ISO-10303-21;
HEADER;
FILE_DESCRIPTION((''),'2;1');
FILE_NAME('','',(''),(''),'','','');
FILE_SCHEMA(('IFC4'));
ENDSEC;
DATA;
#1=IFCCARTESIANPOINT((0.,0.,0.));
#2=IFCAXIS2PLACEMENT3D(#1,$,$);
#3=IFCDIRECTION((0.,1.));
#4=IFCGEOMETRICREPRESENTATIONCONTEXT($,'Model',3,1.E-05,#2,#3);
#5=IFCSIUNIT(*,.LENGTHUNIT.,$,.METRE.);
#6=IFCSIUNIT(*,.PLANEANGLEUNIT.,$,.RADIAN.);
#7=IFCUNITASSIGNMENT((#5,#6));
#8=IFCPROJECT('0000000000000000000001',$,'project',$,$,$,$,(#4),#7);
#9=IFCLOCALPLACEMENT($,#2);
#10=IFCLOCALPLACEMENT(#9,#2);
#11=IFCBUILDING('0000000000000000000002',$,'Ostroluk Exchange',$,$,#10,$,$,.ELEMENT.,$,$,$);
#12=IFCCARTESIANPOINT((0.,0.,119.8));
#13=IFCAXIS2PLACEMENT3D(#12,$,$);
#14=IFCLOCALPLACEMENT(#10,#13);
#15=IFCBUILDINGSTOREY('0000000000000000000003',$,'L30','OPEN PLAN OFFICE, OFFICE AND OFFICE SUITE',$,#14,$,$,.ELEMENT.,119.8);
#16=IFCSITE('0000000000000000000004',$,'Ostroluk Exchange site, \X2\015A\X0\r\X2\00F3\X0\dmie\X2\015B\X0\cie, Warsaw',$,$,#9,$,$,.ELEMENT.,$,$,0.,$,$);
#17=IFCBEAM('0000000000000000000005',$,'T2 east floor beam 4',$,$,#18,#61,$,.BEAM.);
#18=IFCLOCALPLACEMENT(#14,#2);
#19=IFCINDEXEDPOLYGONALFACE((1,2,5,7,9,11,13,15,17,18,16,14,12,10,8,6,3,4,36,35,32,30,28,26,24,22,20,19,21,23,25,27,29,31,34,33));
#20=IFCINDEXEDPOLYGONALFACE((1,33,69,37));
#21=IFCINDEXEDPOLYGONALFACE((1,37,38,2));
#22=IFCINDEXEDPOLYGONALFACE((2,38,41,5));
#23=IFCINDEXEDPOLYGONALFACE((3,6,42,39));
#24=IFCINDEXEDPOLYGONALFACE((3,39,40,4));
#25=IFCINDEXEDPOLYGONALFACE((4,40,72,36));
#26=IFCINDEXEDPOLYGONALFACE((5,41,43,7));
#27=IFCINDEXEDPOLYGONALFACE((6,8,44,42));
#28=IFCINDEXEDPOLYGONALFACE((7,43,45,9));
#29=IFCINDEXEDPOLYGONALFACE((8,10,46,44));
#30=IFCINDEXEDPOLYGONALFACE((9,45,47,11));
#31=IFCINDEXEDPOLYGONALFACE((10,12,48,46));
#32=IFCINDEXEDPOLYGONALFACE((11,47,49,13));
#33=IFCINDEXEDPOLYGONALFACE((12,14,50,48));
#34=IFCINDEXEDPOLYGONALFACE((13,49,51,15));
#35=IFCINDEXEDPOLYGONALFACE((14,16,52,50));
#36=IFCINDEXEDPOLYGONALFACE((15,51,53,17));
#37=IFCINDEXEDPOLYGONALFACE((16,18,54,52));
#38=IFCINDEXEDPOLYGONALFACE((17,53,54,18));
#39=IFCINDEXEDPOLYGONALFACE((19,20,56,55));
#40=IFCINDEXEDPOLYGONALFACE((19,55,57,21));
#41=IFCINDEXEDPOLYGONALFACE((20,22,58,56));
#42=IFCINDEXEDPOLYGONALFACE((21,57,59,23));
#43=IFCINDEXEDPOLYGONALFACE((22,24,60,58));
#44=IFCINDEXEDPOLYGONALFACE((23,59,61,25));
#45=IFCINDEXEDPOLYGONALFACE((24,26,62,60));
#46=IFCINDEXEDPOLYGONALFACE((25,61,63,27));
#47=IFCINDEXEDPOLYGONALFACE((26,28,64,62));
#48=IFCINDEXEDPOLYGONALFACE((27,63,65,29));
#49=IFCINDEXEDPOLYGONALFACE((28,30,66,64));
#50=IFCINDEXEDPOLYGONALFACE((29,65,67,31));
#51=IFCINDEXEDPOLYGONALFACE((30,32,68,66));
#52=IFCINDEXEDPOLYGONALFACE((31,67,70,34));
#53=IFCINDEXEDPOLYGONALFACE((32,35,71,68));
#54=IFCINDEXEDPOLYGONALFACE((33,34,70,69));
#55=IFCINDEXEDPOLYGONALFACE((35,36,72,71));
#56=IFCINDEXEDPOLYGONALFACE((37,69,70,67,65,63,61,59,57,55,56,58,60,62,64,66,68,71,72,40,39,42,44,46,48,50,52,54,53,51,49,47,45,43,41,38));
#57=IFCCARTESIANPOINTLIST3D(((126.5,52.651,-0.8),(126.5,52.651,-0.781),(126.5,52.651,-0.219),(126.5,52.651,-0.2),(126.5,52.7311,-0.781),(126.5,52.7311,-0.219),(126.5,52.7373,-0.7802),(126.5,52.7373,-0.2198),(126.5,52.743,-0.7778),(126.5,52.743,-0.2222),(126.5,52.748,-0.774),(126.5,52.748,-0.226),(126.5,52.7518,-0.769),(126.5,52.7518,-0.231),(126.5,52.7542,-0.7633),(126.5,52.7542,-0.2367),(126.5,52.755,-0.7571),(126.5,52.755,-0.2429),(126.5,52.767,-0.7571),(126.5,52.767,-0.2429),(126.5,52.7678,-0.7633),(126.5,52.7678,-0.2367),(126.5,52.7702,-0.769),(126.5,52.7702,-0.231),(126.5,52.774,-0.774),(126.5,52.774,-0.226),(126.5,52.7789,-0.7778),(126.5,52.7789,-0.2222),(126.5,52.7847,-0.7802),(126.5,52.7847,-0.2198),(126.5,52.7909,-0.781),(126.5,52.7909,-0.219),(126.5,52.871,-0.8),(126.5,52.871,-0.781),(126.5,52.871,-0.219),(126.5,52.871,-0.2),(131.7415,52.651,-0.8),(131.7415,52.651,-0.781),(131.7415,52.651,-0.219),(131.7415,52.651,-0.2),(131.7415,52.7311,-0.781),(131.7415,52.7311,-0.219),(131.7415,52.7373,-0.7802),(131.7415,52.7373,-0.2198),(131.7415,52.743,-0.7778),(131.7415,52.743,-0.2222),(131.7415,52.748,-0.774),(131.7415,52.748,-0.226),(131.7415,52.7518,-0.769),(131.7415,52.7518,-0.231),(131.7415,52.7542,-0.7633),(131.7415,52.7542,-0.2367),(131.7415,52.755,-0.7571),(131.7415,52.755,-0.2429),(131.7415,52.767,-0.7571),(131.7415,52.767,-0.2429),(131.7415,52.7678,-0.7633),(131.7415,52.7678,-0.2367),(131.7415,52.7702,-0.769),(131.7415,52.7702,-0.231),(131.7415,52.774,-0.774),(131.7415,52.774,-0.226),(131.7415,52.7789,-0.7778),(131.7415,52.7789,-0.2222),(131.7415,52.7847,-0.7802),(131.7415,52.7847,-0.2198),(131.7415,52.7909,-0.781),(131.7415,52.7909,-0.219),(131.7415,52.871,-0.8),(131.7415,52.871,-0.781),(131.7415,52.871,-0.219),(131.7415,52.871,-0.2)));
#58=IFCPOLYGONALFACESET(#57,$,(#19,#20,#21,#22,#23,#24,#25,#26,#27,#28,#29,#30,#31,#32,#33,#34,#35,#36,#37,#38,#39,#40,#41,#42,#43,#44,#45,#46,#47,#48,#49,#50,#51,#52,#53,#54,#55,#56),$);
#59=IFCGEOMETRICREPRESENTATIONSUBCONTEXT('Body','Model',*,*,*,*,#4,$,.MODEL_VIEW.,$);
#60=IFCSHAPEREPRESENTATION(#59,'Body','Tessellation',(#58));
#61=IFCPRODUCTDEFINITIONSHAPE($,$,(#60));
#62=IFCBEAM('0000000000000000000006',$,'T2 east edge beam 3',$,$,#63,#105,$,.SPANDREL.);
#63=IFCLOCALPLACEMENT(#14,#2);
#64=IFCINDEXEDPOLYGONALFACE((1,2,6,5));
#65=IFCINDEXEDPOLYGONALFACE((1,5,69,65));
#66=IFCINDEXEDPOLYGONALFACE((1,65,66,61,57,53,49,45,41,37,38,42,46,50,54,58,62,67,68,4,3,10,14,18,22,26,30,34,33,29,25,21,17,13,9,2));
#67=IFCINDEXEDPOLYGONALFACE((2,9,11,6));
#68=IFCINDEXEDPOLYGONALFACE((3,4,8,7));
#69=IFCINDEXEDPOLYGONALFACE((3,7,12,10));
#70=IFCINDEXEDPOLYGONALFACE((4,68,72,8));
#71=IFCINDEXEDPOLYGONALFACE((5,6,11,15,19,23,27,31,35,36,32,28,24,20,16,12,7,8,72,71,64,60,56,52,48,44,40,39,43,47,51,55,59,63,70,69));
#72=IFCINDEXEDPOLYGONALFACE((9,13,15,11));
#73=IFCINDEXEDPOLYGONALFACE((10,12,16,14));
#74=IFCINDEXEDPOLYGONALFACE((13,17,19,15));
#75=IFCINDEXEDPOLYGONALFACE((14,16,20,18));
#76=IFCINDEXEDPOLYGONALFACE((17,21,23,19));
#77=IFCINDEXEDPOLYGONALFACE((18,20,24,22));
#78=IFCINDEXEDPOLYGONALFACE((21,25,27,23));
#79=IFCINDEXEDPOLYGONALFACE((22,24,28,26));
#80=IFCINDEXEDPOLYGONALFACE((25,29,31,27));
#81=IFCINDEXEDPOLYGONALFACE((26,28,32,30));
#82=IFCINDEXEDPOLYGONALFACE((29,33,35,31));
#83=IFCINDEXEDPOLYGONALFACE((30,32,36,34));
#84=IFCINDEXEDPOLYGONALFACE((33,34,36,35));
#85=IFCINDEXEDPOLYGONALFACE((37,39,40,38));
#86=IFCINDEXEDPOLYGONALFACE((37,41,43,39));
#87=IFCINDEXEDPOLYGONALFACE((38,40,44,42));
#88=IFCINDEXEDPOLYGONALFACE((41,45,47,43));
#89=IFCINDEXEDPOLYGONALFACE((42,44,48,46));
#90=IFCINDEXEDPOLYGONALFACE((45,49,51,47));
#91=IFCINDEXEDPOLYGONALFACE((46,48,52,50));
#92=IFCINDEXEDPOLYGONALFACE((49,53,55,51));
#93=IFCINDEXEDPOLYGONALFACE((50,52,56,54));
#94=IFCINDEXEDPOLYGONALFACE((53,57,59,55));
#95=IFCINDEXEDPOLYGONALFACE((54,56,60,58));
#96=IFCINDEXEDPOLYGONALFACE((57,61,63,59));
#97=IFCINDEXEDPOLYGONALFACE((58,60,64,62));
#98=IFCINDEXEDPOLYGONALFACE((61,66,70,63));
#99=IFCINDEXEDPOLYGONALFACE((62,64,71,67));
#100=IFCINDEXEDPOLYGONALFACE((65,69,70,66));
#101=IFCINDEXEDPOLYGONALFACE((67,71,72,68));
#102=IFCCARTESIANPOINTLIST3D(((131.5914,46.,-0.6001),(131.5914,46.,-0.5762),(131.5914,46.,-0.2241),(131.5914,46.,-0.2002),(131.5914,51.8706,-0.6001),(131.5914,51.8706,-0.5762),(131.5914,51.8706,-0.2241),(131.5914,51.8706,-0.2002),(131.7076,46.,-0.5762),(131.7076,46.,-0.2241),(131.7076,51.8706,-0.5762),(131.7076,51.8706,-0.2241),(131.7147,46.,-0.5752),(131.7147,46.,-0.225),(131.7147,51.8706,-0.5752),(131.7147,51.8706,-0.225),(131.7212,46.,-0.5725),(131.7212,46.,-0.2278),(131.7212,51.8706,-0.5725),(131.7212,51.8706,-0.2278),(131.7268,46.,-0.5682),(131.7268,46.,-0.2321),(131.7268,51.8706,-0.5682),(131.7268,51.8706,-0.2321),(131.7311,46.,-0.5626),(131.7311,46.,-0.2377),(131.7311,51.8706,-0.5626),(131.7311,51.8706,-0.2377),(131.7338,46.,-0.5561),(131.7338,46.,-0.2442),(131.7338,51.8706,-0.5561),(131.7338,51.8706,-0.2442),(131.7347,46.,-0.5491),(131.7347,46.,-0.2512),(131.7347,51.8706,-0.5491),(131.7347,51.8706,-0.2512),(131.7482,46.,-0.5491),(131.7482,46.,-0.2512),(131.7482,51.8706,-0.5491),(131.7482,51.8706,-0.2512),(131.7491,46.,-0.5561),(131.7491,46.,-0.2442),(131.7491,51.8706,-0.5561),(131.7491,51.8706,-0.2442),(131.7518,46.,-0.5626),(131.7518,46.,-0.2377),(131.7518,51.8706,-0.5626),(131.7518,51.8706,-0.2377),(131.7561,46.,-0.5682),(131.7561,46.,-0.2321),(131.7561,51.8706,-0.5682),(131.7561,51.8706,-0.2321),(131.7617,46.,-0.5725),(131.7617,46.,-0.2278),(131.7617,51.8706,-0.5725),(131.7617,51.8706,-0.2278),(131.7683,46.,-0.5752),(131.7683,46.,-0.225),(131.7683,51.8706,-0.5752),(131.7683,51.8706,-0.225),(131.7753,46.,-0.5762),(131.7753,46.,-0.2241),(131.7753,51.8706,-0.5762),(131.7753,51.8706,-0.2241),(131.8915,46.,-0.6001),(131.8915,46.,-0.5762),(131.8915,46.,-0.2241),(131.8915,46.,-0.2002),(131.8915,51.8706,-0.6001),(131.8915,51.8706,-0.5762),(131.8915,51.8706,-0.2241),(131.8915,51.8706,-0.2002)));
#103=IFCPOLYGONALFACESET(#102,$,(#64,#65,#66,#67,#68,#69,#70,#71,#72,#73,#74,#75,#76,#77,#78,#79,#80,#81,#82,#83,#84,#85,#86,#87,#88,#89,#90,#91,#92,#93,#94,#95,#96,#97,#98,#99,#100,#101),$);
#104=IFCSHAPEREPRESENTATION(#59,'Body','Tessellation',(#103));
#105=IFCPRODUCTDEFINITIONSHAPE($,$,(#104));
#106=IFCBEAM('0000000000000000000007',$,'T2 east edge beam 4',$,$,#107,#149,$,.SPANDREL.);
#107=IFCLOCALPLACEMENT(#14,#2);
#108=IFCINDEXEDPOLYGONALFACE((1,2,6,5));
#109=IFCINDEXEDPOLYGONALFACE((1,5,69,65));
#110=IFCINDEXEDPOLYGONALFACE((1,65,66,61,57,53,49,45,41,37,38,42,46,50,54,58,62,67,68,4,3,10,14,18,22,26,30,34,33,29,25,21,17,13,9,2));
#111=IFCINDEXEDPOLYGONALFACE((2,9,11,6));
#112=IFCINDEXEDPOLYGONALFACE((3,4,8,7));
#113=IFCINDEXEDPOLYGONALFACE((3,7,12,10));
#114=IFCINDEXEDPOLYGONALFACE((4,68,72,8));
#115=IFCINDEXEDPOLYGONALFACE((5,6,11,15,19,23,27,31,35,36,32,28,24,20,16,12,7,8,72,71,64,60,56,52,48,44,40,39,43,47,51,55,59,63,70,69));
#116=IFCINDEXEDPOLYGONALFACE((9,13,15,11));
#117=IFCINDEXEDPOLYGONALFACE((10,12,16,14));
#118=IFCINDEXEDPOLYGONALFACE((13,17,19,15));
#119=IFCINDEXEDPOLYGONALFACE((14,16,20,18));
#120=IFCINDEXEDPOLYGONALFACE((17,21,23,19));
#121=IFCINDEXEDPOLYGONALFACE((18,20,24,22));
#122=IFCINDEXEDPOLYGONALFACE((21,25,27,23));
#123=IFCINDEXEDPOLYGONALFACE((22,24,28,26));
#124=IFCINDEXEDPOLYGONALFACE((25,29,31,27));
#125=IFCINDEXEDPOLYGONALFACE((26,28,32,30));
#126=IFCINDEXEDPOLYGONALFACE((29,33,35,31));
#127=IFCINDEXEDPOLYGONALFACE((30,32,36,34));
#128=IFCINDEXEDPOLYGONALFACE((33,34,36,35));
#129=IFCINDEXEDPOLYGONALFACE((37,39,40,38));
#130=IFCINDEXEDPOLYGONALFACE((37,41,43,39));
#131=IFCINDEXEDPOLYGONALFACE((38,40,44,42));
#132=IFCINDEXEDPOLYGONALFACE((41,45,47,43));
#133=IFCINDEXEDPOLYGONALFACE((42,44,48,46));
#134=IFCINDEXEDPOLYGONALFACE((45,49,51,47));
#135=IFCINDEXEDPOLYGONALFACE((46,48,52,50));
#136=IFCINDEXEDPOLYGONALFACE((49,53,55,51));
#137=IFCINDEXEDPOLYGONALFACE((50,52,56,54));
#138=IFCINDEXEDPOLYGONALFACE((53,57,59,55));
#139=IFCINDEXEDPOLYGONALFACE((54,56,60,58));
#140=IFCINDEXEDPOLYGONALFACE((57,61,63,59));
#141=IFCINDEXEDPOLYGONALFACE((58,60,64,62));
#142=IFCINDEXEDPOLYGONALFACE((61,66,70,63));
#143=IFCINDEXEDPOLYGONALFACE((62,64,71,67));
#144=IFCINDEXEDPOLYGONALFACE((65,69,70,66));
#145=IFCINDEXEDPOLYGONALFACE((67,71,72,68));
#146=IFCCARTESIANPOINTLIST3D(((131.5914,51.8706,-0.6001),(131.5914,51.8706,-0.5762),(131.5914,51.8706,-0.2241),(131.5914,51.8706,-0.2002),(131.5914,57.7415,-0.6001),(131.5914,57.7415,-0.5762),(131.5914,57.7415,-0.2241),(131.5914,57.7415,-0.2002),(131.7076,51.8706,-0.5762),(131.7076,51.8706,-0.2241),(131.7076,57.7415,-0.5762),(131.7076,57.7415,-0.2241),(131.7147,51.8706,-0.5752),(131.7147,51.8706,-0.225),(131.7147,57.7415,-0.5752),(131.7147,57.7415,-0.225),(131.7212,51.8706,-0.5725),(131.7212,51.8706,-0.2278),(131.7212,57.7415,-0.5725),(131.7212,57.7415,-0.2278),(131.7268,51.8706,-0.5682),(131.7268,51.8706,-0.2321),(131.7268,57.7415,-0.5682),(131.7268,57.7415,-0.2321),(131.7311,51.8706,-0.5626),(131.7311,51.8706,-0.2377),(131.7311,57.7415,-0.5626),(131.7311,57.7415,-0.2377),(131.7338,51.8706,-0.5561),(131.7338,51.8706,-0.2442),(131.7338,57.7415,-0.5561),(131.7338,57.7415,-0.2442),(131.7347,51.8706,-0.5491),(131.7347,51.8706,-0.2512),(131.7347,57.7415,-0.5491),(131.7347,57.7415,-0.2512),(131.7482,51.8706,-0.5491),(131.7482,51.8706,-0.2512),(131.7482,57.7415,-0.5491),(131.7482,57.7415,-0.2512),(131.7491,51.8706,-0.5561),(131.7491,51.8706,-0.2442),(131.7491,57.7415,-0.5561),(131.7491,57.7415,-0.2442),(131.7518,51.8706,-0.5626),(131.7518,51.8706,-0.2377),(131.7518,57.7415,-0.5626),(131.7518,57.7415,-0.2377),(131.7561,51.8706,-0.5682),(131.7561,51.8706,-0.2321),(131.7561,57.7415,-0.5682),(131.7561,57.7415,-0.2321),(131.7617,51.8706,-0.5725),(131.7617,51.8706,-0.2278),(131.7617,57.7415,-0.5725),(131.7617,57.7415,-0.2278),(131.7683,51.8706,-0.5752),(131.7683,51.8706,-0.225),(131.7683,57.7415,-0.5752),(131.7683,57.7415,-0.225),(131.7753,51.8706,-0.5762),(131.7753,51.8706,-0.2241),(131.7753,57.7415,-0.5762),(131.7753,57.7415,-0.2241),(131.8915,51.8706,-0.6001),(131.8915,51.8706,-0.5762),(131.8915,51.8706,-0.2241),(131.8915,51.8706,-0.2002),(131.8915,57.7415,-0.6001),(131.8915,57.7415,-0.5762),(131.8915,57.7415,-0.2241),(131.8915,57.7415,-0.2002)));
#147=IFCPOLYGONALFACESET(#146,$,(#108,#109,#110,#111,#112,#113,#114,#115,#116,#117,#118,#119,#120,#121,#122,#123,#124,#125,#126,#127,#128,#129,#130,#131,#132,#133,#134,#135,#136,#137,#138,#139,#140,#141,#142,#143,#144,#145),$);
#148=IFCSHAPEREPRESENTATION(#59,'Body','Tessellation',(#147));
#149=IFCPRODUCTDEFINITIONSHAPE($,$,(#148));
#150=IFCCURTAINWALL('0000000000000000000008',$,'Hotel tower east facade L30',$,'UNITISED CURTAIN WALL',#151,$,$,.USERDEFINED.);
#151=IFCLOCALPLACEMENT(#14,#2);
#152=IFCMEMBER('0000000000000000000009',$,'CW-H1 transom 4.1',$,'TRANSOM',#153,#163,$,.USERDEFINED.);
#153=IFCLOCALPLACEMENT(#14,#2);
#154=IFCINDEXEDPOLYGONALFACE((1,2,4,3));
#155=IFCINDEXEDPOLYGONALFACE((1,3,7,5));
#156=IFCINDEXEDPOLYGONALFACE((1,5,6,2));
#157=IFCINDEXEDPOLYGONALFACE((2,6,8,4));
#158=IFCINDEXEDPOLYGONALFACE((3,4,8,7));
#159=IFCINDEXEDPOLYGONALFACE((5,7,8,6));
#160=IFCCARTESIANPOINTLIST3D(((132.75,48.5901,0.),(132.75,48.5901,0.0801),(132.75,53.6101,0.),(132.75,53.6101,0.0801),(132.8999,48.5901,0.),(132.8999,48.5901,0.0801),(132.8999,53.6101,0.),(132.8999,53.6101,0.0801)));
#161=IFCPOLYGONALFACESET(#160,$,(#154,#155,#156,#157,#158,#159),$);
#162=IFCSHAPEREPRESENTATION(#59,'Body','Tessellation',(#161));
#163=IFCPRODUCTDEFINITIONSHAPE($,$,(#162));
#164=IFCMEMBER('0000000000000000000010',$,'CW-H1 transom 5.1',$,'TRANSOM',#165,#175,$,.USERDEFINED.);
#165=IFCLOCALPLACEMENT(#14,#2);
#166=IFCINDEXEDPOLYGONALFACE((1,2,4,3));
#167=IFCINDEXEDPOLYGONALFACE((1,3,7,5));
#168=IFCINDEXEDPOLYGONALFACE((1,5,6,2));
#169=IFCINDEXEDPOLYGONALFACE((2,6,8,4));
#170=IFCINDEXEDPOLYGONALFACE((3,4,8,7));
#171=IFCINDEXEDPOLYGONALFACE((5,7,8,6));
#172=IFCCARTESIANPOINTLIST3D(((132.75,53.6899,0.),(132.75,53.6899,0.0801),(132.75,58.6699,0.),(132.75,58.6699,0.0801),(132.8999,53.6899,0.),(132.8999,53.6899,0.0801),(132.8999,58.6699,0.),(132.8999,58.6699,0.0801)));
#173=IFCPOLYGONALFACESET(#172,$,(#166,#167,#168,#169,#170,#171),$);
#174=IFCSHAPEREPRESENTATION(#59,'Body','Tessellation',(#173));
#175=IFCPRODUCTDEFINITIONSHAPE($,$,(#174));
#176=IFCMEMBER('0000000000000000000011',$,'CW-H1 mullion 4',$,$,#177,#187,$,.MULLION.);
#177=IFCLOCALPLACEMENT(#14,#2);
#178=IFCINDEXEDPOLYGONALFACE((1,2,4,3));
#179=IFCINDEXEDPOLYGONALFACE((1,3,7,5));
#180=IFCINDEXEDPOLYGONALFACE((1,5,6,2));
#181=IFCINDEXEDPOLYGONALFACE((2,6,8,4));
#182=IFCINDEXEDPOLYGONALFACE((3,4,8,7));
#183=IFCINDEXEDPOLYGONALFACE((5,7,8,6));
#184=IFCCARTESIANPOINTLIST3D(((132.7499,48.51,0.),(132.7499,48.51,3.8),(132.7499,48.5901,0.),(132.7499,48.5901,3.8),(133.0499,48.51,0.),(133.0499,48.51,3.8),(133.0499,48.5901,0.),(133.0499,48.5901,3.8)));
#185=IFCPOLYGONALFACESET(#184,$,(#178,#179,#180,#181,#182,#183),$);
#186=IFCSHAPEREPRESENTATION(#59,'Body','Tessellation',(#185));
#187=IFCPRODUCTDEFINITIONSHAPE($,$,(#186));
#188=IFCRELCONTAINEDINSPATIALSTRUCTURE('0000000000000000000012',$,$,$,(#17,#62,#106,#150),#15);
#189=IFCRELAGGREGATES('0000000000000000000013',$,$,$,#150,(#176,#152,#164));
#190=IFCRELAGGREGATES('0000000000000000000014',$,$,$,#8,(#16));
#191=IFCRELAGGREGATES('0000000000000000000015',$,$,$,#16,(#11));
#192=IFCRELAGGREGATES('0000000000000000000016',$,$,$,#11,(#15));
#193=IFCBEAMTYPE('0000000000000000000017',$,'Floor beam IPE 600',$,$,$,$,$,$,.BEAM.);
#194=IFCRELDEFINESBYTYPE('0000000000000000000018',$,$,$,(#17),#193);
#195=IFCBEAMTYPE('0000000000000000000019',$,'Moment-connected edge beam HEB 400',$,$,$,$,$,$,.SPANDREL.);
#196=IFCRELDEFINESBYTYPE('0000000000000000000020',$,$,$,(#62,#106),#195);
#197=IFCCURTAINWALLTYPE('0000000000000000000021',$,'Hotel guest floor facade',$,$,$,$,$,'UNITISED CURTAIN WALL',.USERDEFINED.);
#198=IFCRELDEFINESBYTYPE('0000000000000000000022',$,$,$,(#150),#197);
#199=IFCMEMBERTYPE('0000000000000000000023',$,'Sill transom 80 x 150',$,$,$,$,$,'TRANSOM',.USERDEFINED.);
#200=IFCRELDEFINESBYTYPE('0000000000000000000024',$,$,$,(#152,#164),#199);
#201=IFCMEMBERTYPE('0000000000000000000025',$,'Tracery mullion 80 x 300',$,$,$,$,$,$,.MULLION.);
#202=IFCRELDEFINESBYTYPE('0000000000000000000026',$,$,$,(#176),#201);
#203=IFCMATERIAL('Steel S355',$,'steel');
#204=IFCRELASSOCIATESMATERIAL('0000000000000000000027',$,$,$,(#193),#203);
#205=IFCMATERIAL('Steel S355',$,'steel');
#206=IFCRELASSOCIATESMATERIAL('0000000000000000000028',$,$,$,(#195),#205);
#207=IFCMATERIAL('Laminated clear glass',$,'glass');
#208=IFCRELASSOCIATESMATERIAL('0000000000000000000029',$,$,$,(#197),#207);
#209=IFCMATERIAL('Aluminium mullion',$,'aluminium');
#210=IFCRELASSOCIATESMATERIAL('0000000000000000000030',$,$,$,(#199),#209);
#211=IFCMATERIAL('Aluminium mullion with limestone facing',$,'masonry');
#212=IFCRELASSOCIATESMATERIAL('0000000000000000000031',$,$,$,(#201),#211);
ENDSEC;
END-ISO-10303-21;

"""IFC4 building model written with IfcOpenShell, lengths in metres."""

from ifc_helpers import new_model, si_unit, direction, frame, origin, origin_2d, place, context, subcontext, project, spatial, rectangle, i_section, extrude, material, material_profile, profile_set, type_object, element, aggregate, save


model = new_model("IFC4")

# Units and contexts
model_context = context("Model", 3, precision=1e-05, world=origin(), true_north=direction((0.0, 1.0)))
body_context = subcontext(model_context, "Body", "Model", "MODEL_VIEW")
ifc_project = project(units=[si_unit("LENGTHUNIT", "METRE"), si_unit("PLANEANGLEUNIT", "RADIAN")], contexts=[model_context])

# Site, building, storey
site_placement = place(None, origin())
site = spatial("IfcSite", under=ifc_project, at=site_placement, Name="Ostroluk Exchange site, Śródmieście, Warsaw", CompositionType="ELEMENT", RefElevation=0.0)
building_placement = place(site_placement, origin())
building = spatial("IfcBuilding", under=site, at=building_placement, Name="Ostroluk Exchange", CompositionType="ELEMENT")
storey_placement = place(building_placement, frame((0.0, 0.0, 119.8)))
storey = spatial("IfcBuildingStorey", under=building, at=storey_placement, Name="L30", Description="OPEN PLAN OFFICE, OFFICE AND OFFICE SUITE", CompositionType="ELEMENT", Elevation=119.8)

# Beams
ifc_material_1 = material(Name="Steel S355", Category="steel")
ifc_material_profile_1 = material_profile(ifc_material_1, i_section(OverallWidth=0.22, OverallDepth=0.6001, WebThickness=0.012, FlangeThickness=0.019, FilletRadius=0.0239, at=origin_2d()), Name="IPE 600")
ifc_profile_set_1 = profile_set([ifc_material_profile_1], Name="Steel S355")
beam_type_1 = type_object("IfcBeamType", Name="Floor beam IPE 600", PredefinedType="BEAM", material=ifc_profile_set_1)
beam_1_placement = place(storey_placement, frame((126.5, 52.761, -0.5), z_axis=(1.0, 0.0, 0.0), x_axis=(0.0, 1.0, 0.0)))
element("IfcBeam", 1, at=beam_1_placement, inside=storey, type_object=beam_type_1, Name="T2 east floor beam 4", PredefinedType="BEAM", context=body_context, shape_type="SweptSolid", body=[
    extrude(i_section(OverallWidth=0.22, OverallDepth=0.6001, WebThickness=0.012, FlangeThickness=0.019, FilletRadius=0.0239, at=origin_2d()), origin(), (0.0, 0.0, 1.0), 5.2415),
])
ifc_material_2 = material(Name="Steel S355", Category="steel")
ifc_material_profile_2 = material_profile(ifc_material_2, i_section(OverallWidth=0.3, OverallDepth=0.3999, WebThickness=0.0134, FlangeThickness=0.0239, FilletRadius=0.0271, at=origin_2d()), Name="HEB 400")
ifc_profile_set_2 = profile_set([ifc_material_profile_2], Name="Steel S355")
beam_type_2 = type_object("IfcBeamType", Name="Moment-connected edge beam HEB 400", PredefinedType="SPANDREL", material=ifc_profile_set_2)
beam_2_placement = place(storey_placement, frame((131.7415, 46.0, -0.4001), z_axis=(0.0, 1.0, 0.0), x_axis=(-1.0, 0.0, 0.0)))
element("IfcBeam", 2, at=beam_2_placement, inside=storey, type_object=beam_type_2, Name="T2 east edge beam 3", PredefinedType="SPANDREL", context=body_context, shape_type="SweptSolid", body=[
    extrude(i_section(OverallWidth=0.3, OverallDepth=0.3999, WebThickness=0.0134, FlangeThickness=0.0239, FilletRadius=0.0271, at=origin_2d()), origin(), (0.0, 0.0, 1.0), 5.8706),
])
beam_3_placement = place(storey_placement, frame((131.7415, 51.8706, -0.4001), z_axis=(0.0, 1.0, 0.0), x_axis=(-1.0, 0.0, 0.0)))
element("IfcBeam", 3, at=beam_3_placement, inside=storey, type_object=beam_type_2, Name="T2 east edge beam 4", PredefinedType="SPANDREL", context=body_context, shape_type="SweptSolid", body=[
    extrude(i_section(OverallWidth=0.3, OverallDepth=0.3999, WebThickness=0.0134, FlangeThickness=0.0239, FilletRadius=0.0271, at=origin_2d()), origin(), (0.0, 0.0, 1.0), 5.8708),
])

# Curtain wall, members
ifc_material_3 = material(Name="Laminated clear glass", Category="glass")
curtain_wall_type = type_object("IfcCurtainWallType", Name="Hotel guest floor facade", ElementType="UNITISED CURTAIN WALL", PredefinedType="USERDEFINED", material=ifc_material_3)
curtain_wall_placement = place(storey_placement, origin())
curtain_wall = element("IfcCurtainWall", 4, at=curtain_wall_placement, inside=storey, type_object=curtain_wall_type, Name="Hotel tower east facade L30", ObjectType="UNITISED CURTAIN WALL", PredefinedType="USERDEFINED")
ifc_material_4 = material(Name="Aluminium mullion", Category="aluminium")
ifc_material_profile_3 = material_profile(ifc_material_4, rectangle(XDim=0.1499, YDim=0.0801, at=origin_2d()), Name="Sill transom 80 x 150")
ifc_profile_set_3 = profile_set([ifc_material_profile_3], Name="Aluminium mullion")
member_type_1 = type_object("IfcMemberType", Name="Sill transom 80 x 150", ElementType="TRANSOM", PredefinedType="USERDEFINED", material=ifc_profile_set_3)
member_1_placement = place(storey_placement, frame((132.825, 48.5901, 0.04), z_axis=(0.0, 1.0, 0.0), x_axis=(-1.0, 0.0, 0.0)))
member_1 = element("IfcMember", 5, at=member_1_placement, type_object=member_type_1, Name="CW-H1 transom 4.1", ObjectType="TRANSOM", PredefinedType="USERDEFINED", context=body_context, shape_type="SweptSolid", body=[
    extrude(rectangle(XDim=0.1499, YDim=0.0801, at=origin_2d()), origin(), (0.0, 0.0, 1.0), 5.02),
])
member_2_placement = place(storey_placement, frame((132.825, 53.6899, 0.04), z_axis=(0.0, 1.0, 0.0), x_axis=(-1.0, 0.0, 0.0)))
member_2 = element("IfcMember", 6, at=member_2_placement, type_object=member_type_1, Name="CW-H1 transom 5.1", ObjectType="TRANSOM", PredefinedType="USERDEFINED", context=body_context, shape_type="SweptSolid", body=[
    extrude(rectangle(XDim=0.1499, YDim=0.0801, at=origin_2d()), origin(), (0.0, 0.0, 1.0), 4.98),
])
ifc_material_5 = material(Name="Aluminium mullion with limestone facing", Category="masonry")
ifc_material_profile_4 = material_profile(ifc_material_5, rectangle(XDim=0.3, YDim=0.0801, at=origin_2d()), Name="Tracery mullion 80 x 300")
ifc_profile_set_4 = profile_set([ifc_material_profile_4], Name="Aluminium mullion with limestone facing")
member_type_2 = type_object("IfcMemberType", Name="Tracery mullion 80 x 300", PredefinedType="MULLION", material=ifc_profile_set_4)
member_3_placement = place(storey_placement, frame((132.8999, 48.55, 0.0), z_axis=(0.0, 0.0, 1.0), x_axis=(-1.0, 0.0, 0.0)))
member_3 = element("IfcMember", 7, at=member_3_placement, type_object=member_type_2, Name="CW-H1 mullion 4", PredefinedType="MULLION", context=body_context, shape_type="SweptSolid", body=[
    extrude(rectangle(XDim=0.3, YDim=0.0801, at=origin_2d()), origin(), (0.0, 0.0, 1.0), 3.8),
])
aggregate(curtain_wall, [member_3, member_1, member_2])

save(model, "model.ifc")
